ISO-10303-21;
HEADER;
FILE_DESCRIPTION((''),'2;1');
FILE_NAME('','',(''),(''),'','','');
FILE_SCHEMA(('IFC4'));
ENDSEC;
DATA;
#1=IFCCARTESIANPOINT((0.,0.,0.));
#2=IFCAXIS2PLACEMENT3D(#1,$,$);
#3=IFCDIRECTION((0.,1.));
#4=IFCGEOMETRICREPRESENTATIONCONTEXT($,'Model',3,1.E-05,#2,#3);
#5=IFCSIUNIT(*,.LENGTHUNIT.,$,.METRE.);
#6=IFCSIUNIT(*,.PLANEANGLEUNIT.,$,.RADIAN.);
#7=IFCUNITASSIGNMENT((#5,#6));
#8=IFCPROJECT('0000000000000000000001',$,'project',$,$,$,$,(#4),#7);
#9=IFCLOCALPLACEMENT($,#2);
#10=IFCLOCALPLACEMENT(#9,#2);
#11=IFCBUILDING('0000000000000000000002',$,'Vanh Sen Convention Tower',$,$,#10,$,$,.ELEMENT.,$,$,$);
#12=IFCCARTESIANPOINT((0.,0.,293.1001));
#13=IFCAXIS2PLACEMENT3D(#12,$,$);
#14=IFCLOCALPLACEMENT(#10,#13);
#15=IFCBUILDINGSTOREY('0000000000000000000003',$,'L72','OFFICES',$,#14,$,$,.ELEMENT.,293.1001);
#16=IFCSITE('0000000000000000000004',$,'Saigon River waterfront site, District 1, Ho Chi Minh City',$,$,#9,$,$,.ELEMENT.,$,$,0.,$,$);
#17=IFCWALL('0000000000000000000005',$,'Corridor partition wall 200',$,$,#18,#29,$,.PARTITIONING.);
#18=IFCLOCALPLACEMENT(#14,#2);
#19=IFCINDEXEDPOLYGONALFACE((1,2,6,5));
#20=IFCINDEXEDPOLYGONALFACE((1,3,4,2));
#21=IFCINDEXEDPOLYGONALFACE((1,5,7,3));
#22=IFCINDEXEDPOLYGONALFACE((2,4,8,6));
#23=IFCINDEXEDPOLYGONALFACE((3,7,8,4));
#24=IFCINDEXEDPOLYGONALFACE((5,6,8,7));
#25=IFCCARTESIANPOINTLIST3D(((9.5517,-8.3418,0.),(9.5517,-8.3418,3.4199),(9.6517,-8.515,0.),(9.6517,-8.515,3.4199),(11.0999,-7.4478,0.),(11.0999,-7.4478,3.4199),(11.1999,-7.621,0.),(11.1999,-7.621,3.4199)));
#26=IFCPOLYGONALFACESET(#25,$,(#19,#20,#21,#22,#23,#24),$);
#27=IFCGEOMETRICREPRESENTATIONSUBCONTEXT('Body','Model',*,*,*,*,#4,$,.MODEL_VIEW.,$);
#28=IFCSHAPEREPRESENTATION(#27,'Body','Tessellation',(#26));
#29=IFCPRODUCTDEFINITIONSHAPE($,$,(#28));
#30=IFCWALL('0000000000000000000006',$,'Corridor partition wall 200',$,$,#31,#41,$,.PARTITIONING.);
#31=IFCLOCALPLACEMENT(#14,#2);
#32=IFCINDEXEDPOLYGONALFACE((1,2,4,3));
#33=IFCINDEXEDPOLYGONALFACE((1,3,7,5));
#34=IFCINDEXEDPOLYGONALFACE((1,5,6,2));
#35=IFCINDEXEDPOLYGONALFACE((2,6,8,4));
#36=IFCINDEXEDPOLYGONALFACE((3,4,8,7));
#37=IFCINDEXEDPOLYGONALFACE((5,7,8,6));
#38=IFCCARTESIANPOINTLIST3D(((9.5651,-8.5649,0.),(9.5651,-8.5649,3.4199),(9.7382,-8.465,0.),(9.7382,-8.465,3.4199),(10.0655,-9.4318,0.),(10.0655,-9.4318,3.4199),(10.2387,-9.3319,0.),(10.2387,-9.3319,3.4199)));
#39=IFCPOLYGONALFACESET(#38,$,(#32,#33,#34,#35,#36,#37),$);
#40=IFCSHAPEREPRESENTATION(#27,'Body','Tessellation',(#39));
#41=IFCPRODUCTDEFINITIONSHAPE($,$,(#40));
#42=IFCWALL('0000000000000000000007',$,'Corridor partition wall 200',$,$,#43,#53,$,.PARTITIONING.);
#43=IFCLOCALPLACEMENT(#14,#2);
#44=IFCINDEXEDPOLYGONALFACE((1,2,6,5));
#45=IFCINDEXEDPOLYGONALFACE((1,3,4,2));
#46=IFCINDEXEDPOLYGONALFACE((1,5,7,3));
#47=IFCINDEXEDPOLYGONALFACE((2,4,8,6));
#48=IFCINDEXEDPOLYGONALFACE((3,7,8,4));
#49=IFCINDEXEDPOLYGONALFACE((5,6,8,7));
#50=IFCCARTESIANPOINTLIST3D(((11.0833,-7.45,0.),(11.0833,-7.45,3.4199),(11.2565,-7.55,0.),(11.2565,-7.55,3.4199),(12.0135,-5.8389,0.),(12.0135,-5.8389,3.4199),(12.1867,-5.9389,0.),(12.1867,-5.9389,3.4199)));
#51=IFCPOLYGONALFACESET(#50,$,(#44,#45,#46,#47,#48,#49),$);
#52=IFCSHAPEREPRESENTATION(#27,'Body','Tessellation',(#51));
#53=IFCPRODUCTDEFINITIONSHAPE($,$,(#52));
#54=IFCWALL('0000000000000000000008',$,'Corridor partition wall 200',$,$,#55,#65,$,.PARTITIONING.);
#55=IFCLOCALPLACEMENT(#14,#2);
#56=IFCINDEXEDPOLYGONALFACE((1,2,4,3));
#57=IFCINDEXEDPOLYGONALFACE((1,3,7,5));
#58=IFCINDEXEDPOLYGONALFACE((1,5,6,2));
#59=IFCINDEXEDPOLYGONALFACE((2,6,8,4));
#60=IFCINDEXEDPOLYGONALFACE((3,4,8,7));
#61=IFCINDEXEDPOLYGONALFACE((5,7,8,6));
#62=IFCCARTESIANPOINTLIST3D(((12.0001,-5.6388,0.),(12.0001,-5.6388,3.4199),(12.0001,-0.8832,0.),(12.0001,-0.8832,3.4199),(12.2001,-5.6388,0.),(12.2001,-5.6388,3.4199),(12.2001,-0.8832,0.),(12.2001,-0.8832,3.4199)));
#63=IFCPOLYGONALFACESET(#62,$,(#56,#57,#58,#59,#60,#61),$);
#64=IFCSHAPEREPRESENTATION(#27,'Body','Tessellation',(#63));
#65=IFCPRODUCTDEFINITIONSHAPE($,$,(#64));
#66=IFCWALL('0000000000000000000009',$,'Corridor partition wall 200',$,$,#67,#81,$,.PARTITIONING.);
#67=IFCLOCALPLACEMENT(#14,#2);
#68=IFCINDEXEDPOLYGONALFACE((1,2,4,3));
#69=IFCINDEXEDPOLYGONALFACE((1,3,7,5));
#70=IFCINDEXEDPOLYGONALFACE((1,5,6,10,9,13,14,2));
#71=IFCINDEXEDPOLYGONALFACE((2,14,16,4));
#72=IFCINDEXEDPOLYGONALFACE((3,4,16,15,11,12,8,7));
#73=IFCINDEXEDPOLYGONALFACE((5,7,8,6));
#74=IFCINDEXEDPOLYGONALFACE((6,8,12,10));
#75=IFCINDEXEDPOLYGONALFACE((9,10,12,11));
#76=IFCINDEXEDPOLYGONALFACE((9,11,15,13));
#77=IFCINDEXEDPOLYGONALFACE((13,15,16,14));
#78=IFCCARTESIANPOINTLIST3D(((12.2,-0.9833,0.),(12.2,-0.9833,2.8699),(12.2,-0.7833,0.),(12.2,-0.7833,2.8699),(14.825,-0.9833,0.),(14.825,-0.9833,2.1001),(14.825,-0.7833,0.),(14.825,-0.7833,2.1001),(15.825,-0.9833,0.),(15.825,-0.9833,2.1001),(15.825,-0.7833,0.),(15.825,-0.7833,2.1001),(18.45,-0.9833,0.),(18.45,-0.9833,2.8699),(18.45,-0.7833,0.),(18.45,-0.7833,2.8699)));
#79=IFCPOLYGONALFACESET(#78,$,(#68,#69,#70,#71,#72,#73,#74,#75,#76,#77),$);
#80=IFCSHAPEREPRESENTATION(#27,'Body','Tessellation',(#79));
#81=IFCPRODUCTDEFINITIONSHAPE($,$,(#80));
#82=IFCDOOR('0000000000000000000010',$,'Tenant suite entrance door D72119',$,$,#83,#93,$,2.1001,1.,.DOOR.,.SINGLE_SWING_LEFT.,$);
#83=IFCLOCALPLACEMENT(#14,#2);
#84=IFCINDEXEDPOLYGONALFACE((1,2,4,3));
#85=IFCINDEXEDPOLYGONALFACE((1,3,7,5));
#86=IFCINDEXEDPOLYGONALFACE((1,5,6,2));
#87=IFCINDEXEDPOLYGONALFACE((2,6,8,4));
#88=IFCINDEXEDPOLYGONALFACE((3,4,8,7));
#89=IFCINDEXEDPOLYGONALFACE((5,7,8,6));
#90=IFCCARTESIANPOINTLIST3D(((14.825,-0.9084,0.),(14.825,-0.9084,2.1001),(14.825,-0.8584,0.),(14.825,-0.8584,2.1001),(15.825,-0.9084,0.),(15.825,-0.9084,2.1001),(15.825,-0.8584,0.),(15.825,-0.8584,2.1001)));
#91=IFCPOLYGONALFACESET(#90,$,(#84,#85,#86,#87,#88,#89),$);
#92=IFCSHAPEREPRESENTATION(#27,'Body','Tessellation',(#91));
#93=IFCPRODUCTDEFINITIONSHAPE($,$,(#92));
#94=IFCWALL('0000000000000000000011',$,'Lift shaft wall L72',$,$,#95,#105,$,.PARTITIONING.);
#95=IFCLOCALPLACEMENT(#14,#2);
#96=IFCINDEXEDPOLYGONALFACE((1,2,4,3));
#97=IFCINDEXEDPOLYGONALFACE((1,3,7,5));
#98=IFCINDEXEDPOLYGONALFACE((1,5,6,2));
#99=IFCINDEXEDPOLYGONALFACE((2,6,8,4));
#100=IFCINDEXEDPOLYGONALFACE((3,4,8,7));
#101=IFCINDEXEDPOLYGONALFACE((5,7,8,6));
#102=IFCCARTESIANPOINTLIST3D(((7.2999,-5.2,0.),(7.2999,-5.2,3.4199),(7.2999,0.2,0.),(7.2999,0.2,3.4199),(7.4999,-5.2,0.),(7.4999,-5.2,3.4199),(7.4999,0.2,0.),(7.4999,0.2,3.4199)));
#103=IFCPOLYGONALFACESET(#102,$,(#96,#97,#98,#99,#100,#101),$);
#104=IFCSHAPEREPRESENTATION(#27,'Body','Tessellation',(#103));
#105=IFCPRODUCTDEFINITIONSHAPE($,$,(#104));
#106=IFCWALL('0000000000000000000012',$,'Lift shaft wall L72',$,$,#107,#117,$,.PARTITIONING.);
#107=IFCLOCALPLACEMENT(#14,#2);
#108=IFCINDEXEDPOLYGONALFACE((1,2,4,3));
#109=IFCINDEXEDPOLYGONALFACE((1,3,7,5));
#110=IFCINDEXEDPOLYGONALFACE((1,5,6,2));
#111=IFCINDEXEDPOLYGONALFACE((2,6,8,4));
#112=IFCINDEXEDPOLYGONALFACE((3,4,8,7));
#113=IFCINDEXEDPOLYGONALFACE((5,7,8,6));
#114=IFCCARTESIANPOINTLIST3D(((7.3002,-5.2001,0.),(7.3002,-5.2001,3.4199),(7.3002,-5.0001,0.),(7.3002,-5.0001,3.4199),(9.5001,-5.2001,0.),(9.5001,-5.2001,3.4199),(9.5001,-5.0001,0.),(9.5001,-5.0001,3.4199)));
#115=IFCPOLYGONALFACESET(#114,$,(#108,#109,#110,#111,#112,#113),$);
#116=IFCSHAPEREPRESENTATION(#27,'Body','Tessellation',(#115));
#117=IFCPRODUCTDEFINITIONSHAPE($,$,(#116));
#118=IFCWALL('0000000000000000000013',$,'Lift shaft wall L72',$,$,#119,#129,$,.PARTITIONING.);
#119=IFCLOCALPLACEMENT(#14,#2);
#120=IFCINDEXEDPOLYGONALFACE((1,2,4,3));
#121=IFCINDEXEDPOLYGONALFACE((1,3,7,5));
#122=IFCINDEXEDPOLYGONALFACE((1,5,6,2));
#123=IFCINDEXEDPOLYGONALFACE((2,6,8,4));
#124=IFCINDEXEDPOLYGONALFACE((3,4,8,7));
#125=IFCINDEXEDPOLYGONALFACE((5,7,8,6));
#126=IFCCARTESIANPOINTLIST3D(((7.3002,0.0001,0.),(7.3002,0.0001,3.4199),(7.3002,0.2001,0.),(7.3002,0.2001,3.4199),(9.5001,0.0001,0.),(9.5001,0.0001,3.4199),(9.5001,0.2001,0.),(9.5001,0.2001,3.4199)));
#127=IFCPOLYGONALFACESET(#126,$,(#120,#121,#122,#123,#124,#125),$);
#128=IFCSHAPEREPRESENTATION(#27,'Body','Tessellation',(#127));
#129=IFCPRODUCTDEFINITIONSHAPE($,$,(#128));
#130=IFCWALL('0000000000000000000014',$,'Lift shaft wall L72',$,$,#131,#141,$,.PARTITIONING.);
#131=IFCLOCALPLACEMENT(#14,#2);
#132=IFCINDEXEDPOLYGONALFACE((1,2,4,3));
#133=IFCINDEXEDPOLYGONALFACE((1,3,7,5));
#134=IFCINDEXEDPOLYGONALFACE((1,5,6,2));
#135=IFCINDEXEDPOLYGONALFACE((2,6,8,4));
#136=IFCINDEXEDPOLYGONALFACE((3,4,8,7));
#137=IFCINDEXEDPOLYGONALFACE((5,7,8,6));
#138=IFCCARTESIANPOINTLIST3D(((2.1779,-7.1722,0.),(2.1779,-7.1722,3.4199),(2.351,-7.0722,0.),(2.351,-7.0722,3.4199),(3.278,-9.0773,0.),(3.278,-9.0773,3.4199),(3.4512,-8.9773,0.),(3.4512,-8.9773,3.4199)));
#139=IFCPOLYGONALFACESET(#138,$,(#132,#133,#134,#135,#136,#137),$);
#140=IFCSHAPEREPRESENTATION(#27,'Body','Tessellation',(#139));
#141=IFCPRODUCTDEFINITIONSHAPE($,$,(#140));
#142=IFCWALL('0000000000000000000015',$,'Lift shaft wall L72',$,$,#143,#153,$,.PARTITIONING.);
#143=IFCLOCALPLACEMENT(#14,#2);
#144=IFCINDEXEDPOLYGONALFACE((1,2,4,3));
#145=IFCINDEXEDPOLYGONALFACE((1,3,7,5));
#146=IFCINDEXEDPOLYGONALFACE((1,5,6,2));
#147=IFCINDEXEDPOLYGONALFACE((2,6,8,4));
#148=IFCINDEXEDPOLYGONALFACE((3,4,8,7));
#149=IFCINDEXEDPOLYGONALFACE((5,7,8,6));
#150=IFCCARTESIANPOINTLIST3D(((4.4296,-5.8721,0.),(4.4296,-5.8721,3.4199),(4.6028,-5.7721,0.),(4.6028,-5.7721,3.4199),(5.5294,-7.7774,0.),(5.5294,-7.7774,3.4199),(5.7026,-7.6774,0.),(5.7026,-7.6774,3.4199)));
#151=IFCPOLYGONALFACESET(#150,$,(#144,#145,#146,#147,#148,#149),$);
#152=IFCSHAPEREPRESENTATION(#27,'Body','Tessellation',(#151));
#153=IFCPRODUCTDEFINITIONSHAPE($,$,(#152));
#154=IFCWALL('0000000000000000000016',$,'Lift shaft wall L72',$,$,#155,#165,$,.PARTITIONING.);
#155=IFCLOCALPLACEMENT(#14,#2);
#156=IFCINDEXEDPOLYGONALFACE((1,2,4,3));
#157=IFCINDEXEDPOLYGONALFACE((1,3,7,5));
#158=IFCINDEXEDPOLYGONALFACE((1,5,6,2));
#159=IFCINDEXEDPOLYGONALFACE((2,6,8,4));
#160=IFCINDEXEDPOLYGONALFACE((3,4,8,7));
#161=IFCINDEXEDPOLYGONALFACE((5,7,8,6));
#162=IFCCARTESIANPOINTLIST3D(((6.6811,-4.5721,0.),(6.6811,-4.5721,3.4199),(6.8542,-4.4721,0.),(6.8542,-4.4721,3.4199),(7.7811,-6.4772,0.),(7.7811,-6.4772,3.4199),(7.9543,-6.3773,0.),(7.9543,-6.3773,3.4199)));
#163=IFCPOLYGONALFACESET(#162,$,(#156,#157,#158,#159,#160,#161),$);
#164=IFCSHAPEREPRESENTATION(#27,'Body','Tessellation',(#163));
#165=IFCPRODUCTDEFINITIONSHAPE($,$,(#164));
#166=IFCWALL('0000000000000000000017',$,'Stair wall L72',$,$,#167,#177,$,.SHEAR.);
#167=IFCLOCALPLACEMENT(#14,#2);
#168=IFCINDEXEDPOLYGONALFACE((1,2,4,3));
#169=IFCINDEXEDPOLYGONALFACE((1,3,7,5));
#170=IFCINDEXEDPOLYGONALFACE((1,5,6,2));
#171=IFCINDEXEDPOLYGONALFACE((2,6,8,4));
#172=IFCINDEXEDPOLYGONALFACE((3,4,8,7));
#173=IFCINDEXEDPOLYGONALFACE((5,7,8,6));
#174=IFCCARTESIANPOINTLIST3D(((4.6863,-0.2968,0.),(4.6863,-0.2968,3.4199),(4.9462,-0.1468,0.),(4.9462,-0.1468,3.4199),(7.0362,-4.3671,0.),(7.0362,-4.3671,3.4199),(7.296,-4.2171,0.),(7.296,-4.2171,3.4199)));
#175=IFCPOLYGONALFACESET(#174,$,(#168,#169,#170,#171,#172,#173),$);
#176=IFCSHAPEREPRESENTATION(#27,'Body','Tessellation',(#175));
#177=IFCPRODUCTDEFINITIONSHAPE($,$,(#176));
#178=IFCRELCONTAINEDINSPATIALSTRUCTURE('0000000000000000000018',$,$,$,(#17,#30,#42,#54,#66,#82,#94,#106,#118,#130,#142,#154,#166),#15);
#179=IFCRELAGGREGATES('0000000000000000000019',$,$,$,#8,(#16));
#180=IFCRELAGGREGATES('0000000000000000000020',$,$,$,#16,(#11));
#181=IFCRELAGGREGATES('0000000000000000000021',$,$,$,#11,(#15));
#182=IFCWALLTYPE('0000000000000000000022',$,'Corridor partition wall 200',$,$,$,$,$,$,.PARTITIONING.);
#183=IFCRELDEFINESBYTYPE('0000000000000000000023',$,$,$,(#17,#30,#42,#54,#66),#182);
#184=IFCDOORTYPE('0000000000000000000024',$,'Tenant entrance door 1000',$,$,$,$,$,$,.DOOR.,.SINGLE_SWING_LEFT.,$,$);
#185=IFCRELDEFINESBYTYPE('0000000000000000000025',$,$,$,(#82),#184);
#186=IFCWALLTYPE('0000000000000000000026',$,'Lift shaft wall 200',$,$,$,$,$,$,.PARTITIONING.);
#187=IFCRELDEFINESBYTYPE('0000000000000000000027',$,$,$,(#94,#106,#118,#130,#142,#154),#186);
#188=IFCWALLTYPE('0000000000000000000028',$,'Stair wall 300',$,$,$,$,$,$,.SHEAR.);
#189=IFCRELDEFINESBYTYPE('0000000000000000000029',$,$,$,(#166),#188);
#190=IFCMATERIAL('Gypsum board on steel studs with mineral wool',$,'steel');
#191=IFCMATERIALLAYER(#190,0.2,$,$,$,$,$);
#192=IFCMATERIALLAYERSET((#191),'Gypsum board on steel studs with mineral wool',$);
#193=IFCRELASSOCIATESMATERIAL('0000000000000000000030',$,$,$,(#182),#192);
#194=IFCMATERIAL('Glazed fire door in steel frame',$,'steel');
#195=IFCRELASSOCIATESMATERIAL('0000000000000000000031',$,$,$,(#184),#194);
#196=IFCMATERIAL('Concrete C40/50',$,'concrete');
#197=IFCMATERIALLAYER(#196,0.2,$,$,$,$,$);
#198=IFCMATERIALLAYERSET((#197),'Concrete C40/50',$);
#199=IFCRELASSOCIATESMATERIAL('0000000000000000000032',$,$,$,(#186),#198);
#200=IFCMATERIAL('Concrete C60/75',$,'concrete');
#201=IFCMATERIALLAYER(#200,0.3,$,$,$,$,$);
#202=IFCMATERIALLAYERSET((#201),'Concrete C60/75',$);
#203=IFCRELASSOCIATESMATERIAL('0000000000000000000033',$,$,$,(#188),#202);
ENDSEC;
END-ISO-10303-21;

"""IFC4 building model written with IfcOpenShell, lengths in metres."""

from ifc_helpers import new_model, si_unit, direction, frame, frame_2d, origin, place, context, subcontext, project, spatial, rectangle, extrude, material, layer, layer_set, type_object, element, fill, save


model = new_model("IFC4")

# Units and contexts
model_context = context("Model", 3, precision=1e-05, world=origin(), true_north=direction((0.0, 1.0)))
body_context = subcontext(model_context, "Body", "Model", "MODEL_VIEW")
ifc_project = project(units=[si_unit("LENGTHUNIT", "METRE"), si_unit("PLANEANGLEUNIT", "RADIAN")], contexts=[model_context])

# Site, building, storey
site_placement = place(None, origin())
site = spatial("IfcSite", under=ifc_project, at=site_placement, Name="Saigon River waterfront site, District 1, Ho Chi Minh City", CompositionType="ELEMENT", RefElevation=0.0)
building_placement = place(site_placement, origin())
building = spatial("IfcBuilding", under=site, at=building_placement, Name="Vanh Sen Convention Tower", CompositionType="ELEMENT")
storey_placement = place(building_placement, frame((0.0, 0.0, 293.1001)))
storey = spatial("IfcBuildingStorey", under=building, at=storey_placement, Name="L72", Description="OFFICES", CompositionType="ELEMENT", Elevation=293.1001)

# Shared definitions
ifc_material_1 = material(Name="Concrete C60/75", Category="concrete")

# Walls
ifc_material_2 = material(Name="Gypsum board on steel studs with mineral wool", Category="steel")
ifc_layer_1 = layer(ifc_material_2, 0.2)
ifc_layer_set_1 = layer_set([ifc_layer_1], Name="Gypsum board on steel studs with mineral wool")
wall_type_1 = type_object("IfcWallType", Name="Corridor partition wall 200", PredefinedType="PARTITIONING", material=ifc_layer_set_1)
wall_1_placement = place(storey_placement, frame((9.6016, -8.4285, 0.0), z_axis=(0.0, 0.0, 1.0), x_axis=(0.865999, 0.500046, 0.0)))
element("IfcWall", 1, at=wall_1_placement, inside=storey, type_object=wall_type_1, Name="Corridor partition wall 200", PredefinedType="PARTITIONING", context=body_context, shape_type="SweptSolid", body=[
    extrude(rectangle(XDim=1.7878, YDim=0.2, at=frame_2d((0.894, 0.0))), origin(), (0.0, 0.0, 1.0), 3.4199),
])
wall_2_placement = place(storey_placement, frame((10.1521, -9.3818, 0.0), z_axis=(0.0, 0.0, 1.0), x_axis=(-0.499969, 0.866043, 0.0)))
element("IfcWall", 2, at=wall_2_placement, inside=storey, type_object=wall_type_1, Name="Corridor partition wall 200", PredefinedType="PARTITIONING", context=body_context, shape_type="SweptSolid", body=[
    extrude(rectangle(XDim=1.001, YDim=0.2, at=frame_2d((0.5005, 0.0))), origin(), (0.0, 0.0, 1.0), 3.4199),
])
wall_3_placement = place(storey_placement, frame((11.1699, -7.5, 0.0), z_axis=(0.0, 0.0, 1.0), x_axis=(0.500006, 0.866022, 0.0)))
element("IfcWall", 3, at=wall_3_placement, inside=storey, type_object=wall_type_1, Name="Corridor partition wall 200", PredefinedType="PARTITIONING", context=body_context, shape_type="SweptSolid", body=[
    extrude(rectangle(XDim=1.8604, YDim=0.2, at=frame_2d((0.9302, 0.0))), origin(), (0.0, 0.0, 1.0), 3.4199),
])
wall_4_placement = place(storey_placement, frame((12.1001, -5.6389, 0.0), z_axis=(0.0, 0.0, 1.0), x_axis=(0.0, 1.0, 0.0)))
element("IfcWall", 4, at=wall_4_placement, inside=storey, type_object=wall_type_1, Name="Corridor partition wall 200", PredefinedType="PARTITIONING", context=body_context, shape_type="SweptSolid", body=[
    extrude(rectangle(XDim=4.7556, YDim=0.2, at=frame_2d((2.3779, 0.0))), origin(), (0.0, 0.0, 1.0), 3.4199),
])

# Wall, opening, door
wall_5_placement = place(storey_placement, frame((12.2, -0.8833, 0.0), z_axis=(0.0, 0.0, 1.0), x_axis=(1.0, 0.0, 0.0)))
wall_5 = element("IfcWall", 5, at=wall_5_placement, inside=storey, type_object=wall_type_1, Name="Corridor partition wall 200", PredefinedType="PARTITIONING", context=body_context, shape_type="SweptSolid", body=[
    extrude(rectangle(XDim=6.25, YDim=0.2, at=frame_2d((3.125, 0.0))), origin(), (0.0, 0.0, 1.0), 2.8699),
])
opening_1_placement = place(wall_5_placement, frame((2.625, 0.0, 0.0)))
opening_1 = element("IfcOpeningElement", 6, at=opening_1_placement, cuts=wall_5, PredefinedType="OPENING", context=body_context, shape_type="SweptSolid", body=[
    extrude(rectangle(XDim=1.0, YDim=2.1001, at=frame_2d((0.5, 1.05))), frame((0.0, 0.1099, 0.0), z_axis=(0.0, -1.0, 0.0), x_axis=(1.0, 0.0, 0.0)), (0.0, 0.0, 1.0), 0.22),
])
ifc_material_3 = material(Name="Glazed fire door in steel frame", Category="steel")
door_type_1 = type_object("IfcDoorType", Name="Tenant entrance door 1000", OperationType="SINGLE_SWING_LEFT", PredefinedType="DOOR", material=ifc_material_3)
door_1_placement = place(opening_1_placement, origin())
door_1 = element("IfcDoor", 7, at=door_1_placement, inside=storey, type_object=door_type_1, Name="Tenant suite entrance door D72119", OperationType="SINGLE_SWING_LEFT", OverallHeight=2.1001, OverallWidth=1.0, PredefinedType="DOOR", context=body_context, shape_type="SweptSolid", body=[
    extrude(rectangle(XDim=1.0, YDim=2.1001, at=frame_2d((0.5, 1.05))), frame((0.0, 0.0249, 0.0), z_axis=(0.0, -1.0, 0.0), x_axis=(1.0, 0.0, 0.0)), (0.0, 0.0, 1.0), 0.05),
])
fill(opening_1, door_1)

# Walls
ifc_material_4 = material(Name="Concrete C40/50", Category="concrete")
ifc_layer_2 = layer(ifc_material_4, 0.2)
ifc_layer_set_2 = layer_set([ifc_layer_2], Name="Concrete C40/50")
wall_type_2 = type_object("IfcWallType", Name="Lift shaft wall 200", PredefinedType="PARTITIONING", material=ifc_layer_set_2)
wall_6_placement = place(storey_placement, frame((7.3999, -5.2, 0.0), z_axis=(0.0, 0.0, 1.0), x_axis=(0.0, 1.0, 0.0)))
element("IfcWall", 8, at=wall_6_placement, inside=storey, type_object=wall_type_2, Name="Lift shaft wall L72", PredefinedType="PARTITIONING", context=body_context, shape_type="SweptSolid", body=[
    extrude(rectangle(XDim=5.3999, YDim=0.2, at=frame_2d((2.7, 0.0))), origin(), (0.0, 0.0, 1.0), 3.4199),
])
for number, where, z_axis, x_axis, name in (
    (9, (7.3, -5.1001, 0.0), (0.0, 0.0, 1.0), (1.0, 0.0, 0.0), "Lift shaft wall L72"),
    (10, (7.3, 0.1001, 0.0), (0.0, 0.0, 1.0), (1.0, 0.0, 0.0), "Lift shaft wall L72"),
    (11, (2.2644, -7.1221, 0.0), (0.0, 0.0, 1.0), (0.500078, -0.86598, 0.0), "Lift shaft wall L72"),
    (12, (4.5161, -5.822, 0.0), (0.0, 0.0, 1.0), (0.499947, -0.866056, 0.0), "Lift shaft wall L72"),
    (13, (6.7676, -4.522, 0.0), (0.0, 0.0, 1.0), (0.50003, -0.866008, 0.0), "Lift shaft wall L72"),
):
    element("IfcWall", number, at=place(storey_placement, frame(where, z_axis=z_axis, x_axis=x_axis)), inside=storey, type_object=wall_type_2, Name=name, PredefinedType="PARTITIONING", context=body_context, shape_type="SweptSolid", body=[
        extrude(rectangle(XDim=2.2, YDim=0.2, at=frame_2d((1.1001, 0.0))), origin(), (0.0, 0.0, 1.0), 3.4199),
    ])
ifc_layer_3 = layer(ifc_material_1, 0.3)
ifc_layer_set_3 = layer_set([ifc_layer_3], Name="Concrete C60/75")
wall_type_3 = type_object("IfcWallType", Name="Stair wall 300", PredefinedType="SHEAR", material=ifc_layer_set_3)
wall_7_placement = place(storey_placement, frame((4.8162, -0.2217, 0.0), z_axis=(0.0, 0.0, 1.0), x_axis=(0.499977, -0.866039, 0.0)))
element("IfcWall", 14, at=wall_7_placement, inside=storey, type_object=wall_type_3, Name="Stair wall L72", PredefinedType="SHEAR", context=body_context, shape_type="SweptSolid", body=[
    extrude(rectangle(XDim=4.7, YDim=0.3, at=frame_2d((2.3501, 0.0))), origin(), (0.0, 0.0, 1.0), 3.4199),
])

save(model, "model.ifc")
